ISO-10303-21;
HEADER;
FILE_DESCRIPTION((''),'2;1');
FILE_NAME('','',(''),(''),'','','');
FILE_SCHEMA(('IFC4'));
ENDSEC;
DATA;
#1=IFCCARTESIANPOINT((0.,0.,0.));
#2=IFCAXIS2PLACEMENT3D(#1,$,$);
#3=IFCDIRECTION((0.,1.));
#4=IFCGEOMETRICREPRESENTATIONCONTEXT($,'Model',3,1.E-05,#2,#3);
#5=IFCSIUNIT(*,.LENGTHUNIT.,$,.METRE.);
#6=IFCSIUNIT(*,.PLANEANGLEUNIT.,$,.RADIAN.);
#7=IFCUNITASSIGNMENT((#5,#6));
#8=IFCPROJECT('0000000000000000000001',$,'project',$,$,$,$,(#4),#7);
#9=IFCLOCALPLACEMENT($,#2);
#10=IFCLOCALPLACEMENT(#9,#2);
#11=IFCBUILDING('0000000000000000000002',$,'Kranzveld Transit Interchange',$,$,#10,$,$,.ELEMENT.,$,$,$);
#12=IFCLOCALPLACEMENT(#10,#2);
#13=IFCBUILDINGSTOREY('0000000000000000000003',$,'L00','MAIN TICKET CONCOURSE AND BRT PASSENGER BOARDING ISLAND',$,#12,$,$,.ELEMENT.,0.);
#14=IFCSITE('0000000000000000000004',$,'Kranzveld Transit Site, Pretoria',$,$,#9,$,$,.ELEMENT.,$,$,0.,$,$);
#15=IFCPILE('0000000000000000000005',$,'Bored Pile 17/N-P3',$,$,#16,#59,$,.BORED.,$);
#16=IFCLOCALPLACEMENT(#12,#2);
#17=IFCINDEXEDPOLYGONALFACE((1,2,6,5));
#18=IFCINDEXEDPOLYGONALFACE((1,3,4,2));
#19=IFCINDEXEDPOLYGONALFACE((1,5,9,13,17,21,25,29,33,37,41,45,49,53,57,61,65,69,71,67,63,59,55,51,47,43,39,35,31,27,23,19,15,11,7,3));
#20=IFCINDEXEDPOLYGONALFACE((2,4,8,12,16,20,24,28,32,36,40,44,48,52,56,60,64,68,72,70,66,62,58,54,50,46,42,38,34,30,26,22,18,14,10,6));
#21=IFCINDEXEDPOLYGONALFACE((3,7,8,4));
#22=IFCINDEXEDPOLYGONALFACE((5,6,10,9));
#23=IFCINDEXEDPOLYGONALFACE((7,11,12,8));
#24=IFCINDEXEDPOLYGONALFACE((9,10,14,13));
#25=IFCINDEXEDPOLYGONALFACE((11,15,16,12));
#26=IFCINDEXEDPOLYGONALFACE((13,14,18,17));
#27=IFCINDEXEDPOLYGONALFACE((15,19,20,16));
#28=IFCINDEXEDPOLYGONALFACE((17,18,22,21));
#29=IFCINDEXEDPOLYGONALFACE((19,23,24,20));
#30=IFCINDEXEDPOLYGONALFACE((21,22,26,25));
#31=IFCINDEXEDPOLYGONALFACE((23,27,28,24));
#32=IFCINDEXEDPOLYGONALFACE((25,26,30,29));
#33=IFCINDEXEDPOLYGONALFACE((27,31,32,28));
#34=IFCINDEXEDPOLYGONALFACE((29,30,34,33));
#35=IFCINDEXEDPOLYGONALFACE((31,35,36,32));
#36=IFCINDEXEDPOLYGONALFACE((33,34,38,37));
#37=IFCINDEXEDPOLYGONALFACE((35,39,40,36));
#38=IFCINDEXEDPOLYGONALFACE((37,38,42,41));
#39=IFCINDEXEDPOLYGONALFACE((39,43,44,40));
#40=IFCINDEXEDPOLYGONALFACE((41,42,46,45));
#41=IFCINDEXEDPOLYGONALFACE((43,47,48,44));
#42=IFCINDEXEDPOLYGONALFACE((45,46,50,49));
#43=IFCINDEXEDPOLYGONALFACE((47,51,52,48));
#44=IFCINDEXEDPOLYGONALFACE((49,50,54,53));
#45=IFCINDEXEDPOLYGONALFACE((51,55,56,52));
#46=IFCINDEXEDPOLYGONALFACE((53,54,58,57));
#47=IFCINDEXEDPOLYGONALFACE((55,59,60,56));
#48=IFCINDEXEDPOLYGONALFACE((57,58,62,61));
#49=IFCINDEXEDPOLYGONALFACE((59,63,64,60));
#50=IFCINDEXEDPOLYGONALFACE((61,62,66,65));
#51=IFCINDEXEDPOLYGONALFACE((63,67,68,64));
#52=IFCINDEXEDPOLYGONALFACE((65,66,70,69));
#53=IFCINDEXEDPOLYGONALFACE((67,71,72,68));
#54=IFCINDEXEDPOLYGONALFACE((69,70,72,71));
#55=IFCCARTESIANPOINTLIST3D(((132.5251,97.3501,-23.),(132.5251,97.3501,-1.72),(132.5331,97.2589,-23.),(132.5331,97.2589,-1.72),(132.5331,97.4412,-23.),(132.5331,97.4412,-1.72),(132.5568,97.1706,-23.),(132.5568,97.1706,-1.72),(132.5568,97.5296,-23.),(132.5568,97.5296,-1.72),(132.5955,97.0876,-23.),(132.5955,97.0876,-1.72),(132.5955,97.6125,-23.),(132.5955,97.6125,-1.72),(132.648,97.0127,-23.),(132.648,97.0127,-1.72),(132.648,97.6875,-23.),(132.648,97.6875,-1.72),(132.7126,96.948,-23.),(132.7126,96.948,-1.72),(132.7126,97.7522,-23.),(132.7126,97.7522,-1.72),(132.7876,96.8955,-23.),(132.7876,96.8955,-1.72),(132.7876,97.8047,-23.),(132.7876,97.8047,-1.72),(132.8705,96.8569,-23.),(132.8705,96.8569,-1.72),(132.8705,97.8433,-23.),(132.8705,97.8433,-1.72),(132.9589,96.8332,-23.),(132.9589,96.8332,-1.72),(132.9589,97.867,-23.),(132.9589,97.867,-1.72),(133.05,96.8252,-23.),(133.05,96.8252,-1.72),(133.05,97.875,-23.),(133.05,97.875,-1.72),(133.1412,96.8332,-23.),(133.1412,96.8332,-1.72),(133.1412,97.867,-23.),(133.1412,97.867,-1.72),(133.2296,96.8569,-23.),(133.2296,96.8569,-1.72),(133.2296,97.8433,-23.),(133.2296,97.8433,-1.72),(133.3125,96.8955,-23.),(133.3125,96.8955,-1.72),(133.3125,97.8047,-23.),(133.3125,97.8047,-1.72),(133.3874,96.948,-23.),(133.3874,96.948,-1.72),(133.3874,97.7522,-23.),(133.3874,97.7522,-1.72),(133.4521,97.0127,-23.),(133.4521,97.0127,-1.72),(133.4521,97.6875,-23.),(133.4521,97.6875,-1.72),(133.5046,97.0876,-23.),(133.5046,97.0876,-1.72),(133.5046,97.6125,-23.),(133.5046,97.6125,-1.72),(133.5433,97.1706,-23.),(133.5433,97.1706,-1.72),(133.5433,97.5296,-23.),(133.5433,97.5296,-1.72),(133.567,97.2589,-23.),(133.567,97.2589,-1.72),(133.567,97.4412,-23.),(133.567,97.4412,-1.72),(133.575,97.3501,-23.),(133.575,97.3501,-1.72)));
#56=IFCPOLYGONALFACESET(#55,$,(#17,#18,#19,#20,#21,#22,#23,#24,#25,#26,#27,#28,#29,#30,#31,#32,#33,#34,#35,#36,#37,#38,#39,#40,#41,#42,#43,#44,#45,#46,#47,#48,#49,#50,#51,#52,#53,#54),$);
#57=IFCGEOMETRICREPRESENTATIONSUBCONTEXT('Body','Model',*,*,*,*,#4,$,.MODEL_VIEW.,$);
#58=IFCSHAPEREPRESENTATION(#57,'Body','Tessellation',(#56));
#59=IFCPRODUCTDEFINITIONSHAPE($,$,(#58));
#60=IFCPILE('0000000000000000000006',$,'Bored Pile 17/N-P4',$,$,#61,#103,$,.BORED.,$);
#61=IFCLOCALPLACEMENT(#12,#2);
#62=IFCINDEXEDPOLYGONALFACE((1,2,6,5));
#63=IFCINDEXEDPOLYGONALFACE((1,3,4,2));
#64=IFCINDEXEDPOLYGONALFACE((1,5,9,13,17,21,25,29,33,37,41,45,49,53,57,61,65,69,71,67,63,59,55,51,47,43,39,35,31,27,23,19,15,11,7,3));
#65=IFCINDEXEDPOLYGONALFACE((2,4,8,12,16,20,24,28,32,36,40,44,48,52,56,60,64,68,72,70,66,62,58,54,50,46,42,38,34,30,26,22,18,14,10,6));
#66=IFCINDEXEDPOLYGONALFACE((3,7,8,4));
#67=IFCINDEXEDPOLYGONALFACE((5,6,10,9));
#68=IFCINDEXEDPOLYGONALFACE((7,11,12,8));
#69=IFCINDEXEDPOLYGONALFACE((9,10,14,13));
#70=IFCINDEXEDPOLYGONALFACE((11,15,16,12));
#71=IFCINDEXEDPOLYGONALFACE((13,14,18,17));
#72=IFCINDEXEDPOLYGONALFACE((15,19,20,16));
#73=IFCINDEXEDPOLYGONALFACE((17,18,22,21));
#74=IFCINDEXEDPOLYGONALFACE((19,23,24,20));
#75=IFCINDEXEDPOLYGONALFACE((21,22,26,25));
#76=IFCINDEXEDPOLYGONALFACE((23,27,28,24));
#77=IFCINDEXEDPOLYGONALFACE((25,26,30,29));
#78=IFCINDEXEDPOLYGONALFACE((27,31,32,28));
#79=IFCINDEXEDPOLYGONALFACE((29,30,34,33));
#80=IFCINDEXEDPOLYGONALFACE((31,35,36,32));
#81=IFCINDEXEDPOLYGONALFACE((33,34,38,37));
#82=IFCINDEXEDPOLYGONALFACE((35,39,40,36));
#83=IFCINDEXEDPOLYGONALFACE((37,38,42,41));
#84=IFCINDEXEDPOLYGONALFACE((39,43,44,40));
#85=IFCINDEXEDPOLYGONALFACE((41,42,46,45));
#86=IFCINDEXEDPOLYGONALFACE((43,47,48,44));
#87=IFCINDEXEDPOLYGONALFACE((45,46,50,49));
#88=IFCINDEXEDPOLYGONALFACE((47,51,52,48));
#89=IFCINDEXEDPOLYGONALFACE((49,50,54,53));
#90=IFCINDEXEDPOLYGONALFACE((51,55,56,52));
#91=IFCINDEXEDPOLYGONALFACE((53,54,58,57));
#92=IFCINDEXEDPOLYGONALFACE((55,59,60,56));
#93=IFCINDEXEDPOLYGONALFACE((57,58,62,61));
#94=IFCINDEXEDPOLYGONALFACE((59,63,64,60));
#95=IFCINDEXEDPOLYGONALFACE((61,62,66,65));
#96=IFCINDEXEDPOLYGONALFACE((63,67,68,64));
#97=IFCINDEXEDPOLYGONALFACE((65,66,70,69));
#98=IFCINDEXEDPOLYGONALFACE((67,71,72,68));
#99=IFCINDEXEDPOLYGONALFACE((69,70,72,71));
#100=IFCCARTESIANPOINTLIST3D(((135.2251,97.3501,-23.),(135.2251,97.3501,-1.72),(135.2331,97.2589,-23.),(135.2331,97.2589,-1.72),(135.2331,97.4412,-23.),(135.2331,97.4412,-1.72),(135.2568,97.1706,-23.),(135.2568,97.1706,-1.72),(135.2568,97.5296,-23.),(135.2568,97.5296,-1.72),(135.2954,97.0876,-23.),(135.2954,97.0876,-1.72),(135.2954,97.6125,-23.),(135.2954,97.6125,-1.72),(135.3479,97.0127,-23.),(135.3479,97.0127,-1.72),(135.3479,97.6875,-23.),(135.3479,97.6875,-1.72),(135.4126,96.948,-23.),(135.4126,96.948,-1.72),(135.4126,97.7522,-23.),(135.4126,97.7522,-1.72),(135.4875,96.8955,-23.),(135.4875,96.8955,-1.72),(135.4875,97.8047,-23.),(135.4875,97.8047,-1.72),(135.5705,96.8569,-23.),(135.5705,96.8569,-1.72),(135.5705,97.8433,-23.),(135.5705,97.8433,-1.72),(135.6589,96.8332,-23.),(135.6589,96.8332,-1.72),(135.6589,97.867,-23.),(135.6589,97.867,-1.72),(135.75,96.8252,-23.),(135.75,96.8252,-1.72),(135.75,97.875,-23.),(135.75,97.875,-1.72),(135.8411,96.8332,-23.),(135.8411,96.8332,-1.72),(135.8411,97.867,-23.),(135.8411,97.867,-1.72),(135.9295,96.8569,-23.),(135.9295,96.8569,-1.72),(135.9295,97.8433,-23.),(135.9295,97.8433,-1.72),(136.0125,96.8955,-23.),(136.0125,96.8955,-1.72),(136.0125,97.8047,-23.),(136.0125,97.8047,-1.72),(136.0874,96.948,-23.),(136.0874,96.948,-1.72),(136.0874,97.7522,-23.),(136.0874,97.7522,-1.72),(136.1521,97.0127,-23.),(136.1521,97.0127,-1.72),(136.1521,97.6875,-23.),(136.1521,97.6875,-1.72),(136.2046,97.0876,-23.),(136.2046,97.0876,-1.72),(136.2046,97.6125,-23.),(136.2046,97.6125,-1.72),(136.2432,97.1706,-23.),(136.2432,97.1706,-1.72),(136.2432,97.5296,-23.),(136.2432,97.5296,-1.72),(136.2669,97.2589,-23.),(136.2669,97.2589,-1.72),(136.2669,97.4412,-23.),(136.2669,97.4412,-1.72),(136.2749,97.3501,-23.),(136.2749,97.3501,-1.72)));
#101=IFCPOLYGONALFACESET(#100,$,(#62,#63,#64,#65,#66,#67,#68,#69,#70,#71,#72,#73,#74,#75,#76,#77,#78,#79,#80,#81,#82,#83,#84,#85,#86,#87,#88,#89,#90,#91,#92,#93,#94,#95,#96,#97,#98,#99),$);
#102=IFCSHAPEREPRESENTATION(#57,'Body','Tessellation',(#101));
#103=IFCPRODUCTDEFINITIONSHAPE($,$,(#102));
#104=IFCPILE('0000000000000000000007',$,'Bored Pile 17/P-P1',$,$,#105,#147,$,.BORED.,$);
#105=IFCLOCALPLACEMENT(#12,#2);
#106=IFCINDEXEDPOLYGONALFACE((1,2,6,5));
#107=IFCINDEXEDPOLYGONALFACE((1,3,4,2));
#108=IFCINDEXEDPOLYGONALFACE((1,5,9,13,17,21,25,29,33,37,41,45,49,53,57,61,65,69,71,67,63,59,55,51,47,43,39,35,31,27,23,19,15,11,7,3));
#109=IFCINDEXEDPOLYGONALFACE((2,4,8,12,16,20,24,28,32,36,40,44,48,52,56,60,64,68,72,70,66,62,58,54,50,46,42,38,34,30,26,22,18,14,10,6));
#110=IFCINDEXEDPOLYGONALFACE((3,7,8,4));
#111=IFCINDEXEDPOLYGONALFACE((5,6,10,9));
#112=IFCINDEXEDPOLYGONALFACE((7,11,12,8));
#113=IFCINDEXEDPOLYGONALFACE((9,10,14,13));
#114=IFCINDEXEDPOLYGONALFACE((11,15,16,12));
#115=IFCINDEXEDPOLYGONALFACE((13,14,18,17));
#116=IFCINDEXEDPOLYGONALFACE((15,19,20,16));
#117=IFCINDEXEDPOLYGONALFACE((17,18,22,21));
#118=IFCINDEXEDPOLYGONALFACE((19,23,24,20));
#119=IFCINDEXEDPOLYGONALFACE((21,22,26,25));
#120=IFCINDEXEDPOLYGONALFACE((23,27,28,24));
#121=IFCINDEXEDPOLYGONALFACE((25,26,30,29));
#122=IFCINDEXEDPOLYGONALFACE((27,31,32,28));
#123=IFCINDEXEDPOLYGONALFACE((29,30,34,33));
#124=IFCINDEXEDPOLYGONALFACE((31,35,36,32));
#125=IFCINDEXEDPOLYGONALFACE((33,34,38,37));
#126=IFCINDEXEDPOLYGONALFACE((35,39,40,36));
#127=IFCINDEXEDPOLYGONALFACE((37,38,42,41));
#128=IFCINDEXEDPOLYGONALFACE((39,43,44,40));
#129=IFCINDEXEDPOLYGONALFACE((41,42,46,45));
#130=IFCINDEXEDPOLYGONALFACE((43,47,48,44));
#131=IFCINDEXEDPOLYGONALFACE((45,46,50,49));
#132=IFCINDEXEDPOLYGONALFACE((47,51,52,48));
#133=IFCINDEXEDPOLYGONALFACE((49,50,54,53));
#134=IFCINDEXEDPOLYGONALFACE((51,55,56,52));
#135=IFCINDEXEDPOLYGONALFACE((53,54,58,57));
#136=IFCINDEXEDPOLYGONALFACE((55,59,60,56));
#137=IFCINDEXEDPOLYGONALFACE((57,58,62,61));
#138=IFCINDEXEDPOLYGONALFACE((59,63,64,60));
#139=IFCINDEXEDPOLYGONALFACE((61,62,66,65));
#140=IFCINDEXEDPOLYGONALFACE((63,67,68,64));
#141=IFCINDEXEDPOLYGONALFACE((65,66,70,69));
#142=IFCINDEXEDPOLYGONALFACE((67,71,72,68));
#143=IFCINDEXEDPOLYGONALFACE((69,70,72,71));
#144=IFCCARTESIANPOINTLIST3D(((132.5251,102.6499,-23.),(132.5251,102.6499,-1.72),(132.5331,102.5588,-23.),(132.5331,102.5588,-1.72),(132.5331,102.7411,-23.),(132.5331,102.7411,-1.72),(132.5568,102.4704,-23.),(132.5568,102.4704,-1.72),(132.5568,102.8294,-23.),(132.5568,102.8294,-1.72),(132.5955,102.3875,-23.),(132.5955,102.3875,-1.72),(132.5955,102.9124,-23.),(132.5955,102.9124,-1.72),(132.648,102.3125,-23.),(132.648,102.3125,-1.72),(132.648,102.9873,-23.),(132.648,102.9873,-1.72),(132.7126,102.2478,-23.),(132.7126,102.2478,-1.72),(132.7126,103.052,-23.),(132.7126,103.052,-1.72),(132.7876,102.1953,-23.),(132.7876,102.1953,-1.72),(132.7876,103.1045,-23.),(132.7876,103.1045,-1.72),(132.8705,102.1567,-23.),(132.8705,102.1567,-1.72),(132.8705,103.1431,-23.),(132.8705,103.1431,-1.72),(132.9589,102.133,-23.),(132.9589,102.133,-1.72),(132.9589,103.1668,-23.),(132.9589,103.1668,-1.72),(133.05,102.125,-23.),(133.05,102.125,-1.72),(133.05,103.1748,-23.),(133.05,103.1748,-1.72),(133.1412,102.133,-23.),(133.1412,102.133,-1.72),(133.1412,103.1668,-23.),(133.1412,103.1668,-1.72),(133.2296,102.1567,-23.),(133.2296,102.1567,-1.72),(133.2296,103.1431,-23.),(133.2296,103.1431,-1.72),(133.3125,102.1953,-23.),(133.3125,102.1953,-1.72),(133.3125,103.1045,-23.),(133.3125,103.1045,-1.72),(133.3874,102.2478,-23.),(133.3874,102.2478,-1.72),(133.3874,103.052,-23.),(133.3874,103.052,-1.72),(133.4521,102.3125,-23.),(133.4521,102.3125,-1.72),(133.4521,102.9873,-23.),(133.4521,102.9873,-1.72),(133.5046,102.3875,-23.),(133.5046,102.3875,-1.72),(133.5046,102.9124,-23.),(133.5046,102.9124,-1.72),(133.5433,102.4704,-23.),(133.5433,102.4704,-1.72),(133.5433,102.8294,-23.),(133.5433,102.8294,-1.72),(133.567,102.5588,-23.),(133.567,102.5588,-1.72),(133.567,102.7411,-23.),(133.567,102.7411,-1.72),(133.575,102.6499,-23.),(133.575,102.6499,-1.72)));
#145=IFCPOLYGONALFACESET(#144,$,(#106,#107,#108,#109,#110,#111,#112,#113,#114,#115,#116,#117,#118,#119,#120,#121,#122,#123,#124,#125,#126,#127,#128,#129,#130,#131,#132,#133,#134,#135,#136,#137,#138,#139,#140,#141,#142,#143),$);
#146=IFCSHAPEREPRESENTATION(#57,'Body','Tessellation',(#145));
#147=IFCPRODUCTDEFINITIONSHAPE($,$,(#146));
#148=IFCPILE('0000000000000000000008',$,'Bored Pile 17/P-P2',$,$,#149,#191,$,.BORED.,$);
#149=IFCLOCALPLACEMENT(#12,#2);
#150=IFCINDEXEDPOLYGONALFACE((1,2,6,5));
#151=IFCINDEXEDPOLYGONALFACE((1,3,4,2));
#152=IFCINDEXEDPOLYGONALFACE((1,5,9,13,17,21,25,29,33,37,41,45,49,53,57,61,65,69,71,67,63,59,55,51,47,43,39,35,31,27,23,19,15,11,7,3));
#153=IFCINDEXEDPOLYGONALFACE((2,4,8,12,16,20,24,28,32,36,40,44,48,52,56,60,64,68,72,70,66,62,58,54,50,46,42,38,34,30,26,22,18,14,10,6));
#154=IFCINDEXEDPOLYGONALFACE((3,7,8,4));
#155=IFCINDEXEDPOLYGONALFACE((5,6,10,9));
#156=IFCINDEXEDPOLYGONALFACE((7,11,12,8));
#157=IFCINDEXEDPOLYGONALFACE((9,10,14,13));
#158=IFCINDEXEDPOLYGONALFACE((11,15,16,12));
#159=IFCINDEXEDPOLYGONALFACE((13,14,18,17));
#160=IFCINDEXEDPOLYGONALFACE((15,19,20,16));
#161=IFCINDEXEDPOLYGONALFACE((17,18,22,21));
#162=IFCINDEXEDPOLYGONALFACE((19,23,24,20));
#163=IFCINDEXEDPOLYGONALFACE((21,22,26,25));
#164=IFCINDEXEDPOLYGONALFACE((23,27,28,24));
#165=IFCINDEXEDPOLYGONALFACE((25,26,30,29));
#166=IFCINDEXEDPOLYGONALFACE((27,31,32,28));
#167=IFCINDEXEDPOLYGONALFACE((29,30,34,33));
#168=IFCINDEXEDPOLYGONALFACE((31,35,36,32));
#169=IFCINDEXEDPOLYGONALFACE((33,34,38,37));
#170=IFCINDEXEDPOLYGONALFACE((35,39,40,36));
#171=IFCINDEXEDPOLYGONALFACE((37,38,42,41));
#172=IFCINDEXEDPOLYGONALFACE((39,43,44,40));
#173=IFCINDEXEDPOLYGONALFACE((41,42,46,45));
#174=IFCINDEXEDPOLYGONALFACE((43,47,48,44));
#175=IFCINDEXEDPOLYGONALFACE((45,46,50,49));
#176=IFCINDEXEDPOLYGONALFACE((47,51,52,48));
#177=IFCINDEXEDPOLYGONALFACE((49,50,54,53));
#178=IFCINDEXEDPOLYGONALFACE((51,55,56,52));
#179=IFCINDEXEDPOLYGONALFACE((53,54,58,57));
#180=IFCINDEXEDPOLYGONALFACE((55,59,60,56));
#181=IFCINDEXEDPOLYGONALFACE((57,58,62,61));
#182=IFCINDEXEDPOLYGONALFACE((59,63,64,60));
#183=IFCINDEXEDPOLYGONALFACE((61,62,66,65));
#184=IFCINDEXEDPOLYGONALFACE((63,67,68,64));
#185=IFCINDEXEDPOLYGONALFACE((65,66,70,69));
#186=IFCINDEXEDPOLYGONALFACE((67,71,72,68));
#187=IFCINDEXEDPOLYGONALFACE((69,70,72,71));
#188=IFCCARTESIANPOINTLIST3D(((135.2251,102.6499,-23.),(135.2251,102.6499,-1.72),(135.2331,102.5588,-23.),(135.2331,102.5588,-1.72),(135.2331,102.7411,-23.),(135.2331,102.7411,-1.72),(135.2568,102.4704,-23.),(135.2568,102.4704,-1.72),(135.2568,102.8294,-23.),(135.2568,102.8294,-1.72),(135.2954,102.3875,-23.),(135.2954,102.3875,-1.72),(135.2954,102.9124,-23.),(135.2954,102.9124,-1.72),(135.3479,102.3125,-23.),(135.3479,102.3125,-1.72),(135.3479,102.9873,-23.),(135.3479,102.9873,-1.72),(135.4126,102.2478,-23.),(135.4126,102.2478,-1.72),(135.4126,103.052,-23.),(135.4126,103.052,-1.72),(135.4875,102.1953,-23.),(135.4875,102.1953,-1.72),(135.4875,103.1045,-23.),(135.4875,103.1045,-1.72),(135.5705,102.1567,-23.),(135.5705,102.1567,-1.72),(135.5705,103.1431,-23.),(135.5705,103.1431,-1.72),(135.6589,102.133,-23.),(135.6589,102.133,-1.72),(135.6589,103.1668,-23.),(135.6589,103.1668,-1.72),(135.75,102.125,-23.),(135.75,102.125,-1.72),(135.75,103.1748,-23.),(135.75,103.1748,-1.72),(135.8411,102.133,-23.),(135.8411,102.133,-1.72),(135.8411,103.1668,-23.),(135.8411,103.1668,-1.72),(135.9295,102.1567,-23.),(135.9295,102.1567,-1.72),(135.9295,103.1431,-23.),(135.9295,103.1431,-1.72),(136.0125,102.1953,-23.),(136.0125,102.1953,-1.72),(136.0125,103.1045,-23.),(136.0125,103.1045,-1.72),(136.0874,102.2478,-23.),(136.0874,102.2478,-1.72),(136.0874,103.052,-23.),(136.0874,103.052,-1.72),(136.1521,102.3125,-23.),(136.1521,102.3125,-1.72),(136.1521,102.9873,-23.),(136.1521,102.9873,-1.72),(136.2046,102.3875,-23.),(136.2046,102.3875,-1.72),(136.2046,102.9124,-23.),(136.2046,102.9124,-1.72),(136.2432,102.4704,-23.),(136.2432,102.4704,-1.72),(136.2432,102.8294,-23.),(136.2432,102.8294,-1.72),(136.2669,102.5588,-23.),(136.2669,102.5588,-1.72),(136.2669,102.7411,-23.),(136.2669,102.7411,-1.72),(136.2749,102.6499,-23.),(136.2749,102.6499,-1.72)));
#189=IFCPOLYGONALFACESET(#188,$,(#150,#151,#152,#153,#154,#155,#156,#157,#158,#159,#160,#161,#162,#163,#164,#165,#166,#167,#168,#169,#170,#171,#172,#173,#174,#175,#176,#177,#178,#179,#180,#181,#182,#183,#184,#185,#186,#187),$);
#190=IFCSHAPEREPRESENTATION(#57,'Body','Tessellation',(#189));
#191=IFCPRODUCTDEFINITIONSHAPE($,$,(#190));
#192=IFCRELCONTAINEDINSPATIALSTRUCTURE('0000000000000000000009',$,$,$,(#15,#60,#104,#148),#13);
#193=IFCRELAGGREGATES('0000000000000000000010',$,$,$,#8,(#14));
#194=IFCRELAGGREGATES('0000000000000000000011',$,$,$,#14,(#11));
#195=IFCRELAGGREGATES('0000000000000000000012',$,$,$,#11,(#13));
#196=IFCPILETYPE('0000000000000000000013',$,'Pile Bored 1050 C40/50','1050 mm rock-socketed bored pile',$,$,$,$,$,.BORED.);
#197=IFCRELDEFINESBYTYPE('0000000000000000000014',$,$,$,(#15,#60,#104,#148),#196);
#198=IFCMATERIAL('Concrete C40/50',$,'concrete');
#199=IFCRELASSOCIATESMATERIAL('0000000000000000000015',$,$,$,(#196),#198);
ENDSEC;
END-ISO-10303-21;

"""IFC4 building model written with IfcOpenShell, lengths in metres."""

from ifc_helpers import new_model, si_unit, direction, frame, origin, origin_2d, place, context, subcontext, project, spatial, circle, extrude, material, material_profile, profile_set, type_object, element, save


model = new_model("IFC4")

# Units and contexts
model_context = context("Model", 3, precision=1e-05, world=origin(), true_north=direction((0.0, 1.0)))
body_context = subcontext(model_context, "Body", "Model", "MODEL_VIEW")
ifc_project = project(units=[si_unit("LENGTHUNIT", "METRE"), si_unit("PLANEANGLEUNIT", "RADIAN")], contexts=[model_context])

# Site, building, storey
site_placement = place(None, origin())
site = spatial("IfcSite", under=ifc_project, at=site_placement, Name="Kranzveld Transit Site, Pretoria", CompositionType="ELEMENT", RefElevation=0.0)
building_placement = place(site_placement, origin())
building = spatial("IfcBuilding", under=site, at=building_placement, Name="Kranzveld Transit Interchange", CompositionType="ELEMENT")
storey_placement = place(building_placement, origin())
storey = spatial("IfcBuildingStorey", under=building, at=storey_placement, Name="L00", Description="MAIN TICKET CONCOURSE AND BRT PASSENGER BOARDING ISLAND", CompositionType="ELEMENT", Elevation=0.0)

# Piles
ifc_material_1 = material(Name="Concrete C40/50", Category="concrete")
ifc_material_profile_1 = material_profile(ifc_material_1, circle(Radius=0.5249, at=origin_2d()), Name="BORED PILE 1050")
ifc_profile_set_1 = profile_set([ifc_material_profile_1], Name="Concrete C40/50")
pile_type = type_object("IfcPileType", Name="Pile Bored 1050 C40/50", Description="1050 mm rock-socketed bored pile", PredefinedType="BORED", material=ifc_profile_set_1)
for number, where, z_axis, x_axis, name in (
    (1, (133.05, 97.3501, -1.72), (0.0, 0.0, -1.0), (1.0, 0.0, 0.0), "Bored Pile 17/N-P3"),
    (2, (135.75, 97.3501, -1.72), (0.0, 0.0, -1.0), (1.0, 0.0, 0.0), "Bored Pile 17/N-P4"),
    (3, (133.05, 102.6499, -1.72), (0.0, 0.0, -1.0), (1.0, 0.0, 0.0), "Bored Pile 17/P-P1"),
    (4, (135.75, 102.6499, -1.72), (0.0, 0.0, -1.0), (1.0, 0.0, 0.0), "Bored Pile 17/P-P2"),
):
    element("IfcPile", number, at=place(storey_placement, frame(where, z_axis=z_axis, x_axis=x_axis)), inside=storey, type_object=pile_type, Name=name, PredefinedType="BORED", context=body_context, shape_type="SweptSolid", body=[
        extrude(circle(Radius=0.5249, at=origin_2d()), origin(), (0.0, 0.0, 1.0), 21.28),
    ])

save(model, "model.ifc")
